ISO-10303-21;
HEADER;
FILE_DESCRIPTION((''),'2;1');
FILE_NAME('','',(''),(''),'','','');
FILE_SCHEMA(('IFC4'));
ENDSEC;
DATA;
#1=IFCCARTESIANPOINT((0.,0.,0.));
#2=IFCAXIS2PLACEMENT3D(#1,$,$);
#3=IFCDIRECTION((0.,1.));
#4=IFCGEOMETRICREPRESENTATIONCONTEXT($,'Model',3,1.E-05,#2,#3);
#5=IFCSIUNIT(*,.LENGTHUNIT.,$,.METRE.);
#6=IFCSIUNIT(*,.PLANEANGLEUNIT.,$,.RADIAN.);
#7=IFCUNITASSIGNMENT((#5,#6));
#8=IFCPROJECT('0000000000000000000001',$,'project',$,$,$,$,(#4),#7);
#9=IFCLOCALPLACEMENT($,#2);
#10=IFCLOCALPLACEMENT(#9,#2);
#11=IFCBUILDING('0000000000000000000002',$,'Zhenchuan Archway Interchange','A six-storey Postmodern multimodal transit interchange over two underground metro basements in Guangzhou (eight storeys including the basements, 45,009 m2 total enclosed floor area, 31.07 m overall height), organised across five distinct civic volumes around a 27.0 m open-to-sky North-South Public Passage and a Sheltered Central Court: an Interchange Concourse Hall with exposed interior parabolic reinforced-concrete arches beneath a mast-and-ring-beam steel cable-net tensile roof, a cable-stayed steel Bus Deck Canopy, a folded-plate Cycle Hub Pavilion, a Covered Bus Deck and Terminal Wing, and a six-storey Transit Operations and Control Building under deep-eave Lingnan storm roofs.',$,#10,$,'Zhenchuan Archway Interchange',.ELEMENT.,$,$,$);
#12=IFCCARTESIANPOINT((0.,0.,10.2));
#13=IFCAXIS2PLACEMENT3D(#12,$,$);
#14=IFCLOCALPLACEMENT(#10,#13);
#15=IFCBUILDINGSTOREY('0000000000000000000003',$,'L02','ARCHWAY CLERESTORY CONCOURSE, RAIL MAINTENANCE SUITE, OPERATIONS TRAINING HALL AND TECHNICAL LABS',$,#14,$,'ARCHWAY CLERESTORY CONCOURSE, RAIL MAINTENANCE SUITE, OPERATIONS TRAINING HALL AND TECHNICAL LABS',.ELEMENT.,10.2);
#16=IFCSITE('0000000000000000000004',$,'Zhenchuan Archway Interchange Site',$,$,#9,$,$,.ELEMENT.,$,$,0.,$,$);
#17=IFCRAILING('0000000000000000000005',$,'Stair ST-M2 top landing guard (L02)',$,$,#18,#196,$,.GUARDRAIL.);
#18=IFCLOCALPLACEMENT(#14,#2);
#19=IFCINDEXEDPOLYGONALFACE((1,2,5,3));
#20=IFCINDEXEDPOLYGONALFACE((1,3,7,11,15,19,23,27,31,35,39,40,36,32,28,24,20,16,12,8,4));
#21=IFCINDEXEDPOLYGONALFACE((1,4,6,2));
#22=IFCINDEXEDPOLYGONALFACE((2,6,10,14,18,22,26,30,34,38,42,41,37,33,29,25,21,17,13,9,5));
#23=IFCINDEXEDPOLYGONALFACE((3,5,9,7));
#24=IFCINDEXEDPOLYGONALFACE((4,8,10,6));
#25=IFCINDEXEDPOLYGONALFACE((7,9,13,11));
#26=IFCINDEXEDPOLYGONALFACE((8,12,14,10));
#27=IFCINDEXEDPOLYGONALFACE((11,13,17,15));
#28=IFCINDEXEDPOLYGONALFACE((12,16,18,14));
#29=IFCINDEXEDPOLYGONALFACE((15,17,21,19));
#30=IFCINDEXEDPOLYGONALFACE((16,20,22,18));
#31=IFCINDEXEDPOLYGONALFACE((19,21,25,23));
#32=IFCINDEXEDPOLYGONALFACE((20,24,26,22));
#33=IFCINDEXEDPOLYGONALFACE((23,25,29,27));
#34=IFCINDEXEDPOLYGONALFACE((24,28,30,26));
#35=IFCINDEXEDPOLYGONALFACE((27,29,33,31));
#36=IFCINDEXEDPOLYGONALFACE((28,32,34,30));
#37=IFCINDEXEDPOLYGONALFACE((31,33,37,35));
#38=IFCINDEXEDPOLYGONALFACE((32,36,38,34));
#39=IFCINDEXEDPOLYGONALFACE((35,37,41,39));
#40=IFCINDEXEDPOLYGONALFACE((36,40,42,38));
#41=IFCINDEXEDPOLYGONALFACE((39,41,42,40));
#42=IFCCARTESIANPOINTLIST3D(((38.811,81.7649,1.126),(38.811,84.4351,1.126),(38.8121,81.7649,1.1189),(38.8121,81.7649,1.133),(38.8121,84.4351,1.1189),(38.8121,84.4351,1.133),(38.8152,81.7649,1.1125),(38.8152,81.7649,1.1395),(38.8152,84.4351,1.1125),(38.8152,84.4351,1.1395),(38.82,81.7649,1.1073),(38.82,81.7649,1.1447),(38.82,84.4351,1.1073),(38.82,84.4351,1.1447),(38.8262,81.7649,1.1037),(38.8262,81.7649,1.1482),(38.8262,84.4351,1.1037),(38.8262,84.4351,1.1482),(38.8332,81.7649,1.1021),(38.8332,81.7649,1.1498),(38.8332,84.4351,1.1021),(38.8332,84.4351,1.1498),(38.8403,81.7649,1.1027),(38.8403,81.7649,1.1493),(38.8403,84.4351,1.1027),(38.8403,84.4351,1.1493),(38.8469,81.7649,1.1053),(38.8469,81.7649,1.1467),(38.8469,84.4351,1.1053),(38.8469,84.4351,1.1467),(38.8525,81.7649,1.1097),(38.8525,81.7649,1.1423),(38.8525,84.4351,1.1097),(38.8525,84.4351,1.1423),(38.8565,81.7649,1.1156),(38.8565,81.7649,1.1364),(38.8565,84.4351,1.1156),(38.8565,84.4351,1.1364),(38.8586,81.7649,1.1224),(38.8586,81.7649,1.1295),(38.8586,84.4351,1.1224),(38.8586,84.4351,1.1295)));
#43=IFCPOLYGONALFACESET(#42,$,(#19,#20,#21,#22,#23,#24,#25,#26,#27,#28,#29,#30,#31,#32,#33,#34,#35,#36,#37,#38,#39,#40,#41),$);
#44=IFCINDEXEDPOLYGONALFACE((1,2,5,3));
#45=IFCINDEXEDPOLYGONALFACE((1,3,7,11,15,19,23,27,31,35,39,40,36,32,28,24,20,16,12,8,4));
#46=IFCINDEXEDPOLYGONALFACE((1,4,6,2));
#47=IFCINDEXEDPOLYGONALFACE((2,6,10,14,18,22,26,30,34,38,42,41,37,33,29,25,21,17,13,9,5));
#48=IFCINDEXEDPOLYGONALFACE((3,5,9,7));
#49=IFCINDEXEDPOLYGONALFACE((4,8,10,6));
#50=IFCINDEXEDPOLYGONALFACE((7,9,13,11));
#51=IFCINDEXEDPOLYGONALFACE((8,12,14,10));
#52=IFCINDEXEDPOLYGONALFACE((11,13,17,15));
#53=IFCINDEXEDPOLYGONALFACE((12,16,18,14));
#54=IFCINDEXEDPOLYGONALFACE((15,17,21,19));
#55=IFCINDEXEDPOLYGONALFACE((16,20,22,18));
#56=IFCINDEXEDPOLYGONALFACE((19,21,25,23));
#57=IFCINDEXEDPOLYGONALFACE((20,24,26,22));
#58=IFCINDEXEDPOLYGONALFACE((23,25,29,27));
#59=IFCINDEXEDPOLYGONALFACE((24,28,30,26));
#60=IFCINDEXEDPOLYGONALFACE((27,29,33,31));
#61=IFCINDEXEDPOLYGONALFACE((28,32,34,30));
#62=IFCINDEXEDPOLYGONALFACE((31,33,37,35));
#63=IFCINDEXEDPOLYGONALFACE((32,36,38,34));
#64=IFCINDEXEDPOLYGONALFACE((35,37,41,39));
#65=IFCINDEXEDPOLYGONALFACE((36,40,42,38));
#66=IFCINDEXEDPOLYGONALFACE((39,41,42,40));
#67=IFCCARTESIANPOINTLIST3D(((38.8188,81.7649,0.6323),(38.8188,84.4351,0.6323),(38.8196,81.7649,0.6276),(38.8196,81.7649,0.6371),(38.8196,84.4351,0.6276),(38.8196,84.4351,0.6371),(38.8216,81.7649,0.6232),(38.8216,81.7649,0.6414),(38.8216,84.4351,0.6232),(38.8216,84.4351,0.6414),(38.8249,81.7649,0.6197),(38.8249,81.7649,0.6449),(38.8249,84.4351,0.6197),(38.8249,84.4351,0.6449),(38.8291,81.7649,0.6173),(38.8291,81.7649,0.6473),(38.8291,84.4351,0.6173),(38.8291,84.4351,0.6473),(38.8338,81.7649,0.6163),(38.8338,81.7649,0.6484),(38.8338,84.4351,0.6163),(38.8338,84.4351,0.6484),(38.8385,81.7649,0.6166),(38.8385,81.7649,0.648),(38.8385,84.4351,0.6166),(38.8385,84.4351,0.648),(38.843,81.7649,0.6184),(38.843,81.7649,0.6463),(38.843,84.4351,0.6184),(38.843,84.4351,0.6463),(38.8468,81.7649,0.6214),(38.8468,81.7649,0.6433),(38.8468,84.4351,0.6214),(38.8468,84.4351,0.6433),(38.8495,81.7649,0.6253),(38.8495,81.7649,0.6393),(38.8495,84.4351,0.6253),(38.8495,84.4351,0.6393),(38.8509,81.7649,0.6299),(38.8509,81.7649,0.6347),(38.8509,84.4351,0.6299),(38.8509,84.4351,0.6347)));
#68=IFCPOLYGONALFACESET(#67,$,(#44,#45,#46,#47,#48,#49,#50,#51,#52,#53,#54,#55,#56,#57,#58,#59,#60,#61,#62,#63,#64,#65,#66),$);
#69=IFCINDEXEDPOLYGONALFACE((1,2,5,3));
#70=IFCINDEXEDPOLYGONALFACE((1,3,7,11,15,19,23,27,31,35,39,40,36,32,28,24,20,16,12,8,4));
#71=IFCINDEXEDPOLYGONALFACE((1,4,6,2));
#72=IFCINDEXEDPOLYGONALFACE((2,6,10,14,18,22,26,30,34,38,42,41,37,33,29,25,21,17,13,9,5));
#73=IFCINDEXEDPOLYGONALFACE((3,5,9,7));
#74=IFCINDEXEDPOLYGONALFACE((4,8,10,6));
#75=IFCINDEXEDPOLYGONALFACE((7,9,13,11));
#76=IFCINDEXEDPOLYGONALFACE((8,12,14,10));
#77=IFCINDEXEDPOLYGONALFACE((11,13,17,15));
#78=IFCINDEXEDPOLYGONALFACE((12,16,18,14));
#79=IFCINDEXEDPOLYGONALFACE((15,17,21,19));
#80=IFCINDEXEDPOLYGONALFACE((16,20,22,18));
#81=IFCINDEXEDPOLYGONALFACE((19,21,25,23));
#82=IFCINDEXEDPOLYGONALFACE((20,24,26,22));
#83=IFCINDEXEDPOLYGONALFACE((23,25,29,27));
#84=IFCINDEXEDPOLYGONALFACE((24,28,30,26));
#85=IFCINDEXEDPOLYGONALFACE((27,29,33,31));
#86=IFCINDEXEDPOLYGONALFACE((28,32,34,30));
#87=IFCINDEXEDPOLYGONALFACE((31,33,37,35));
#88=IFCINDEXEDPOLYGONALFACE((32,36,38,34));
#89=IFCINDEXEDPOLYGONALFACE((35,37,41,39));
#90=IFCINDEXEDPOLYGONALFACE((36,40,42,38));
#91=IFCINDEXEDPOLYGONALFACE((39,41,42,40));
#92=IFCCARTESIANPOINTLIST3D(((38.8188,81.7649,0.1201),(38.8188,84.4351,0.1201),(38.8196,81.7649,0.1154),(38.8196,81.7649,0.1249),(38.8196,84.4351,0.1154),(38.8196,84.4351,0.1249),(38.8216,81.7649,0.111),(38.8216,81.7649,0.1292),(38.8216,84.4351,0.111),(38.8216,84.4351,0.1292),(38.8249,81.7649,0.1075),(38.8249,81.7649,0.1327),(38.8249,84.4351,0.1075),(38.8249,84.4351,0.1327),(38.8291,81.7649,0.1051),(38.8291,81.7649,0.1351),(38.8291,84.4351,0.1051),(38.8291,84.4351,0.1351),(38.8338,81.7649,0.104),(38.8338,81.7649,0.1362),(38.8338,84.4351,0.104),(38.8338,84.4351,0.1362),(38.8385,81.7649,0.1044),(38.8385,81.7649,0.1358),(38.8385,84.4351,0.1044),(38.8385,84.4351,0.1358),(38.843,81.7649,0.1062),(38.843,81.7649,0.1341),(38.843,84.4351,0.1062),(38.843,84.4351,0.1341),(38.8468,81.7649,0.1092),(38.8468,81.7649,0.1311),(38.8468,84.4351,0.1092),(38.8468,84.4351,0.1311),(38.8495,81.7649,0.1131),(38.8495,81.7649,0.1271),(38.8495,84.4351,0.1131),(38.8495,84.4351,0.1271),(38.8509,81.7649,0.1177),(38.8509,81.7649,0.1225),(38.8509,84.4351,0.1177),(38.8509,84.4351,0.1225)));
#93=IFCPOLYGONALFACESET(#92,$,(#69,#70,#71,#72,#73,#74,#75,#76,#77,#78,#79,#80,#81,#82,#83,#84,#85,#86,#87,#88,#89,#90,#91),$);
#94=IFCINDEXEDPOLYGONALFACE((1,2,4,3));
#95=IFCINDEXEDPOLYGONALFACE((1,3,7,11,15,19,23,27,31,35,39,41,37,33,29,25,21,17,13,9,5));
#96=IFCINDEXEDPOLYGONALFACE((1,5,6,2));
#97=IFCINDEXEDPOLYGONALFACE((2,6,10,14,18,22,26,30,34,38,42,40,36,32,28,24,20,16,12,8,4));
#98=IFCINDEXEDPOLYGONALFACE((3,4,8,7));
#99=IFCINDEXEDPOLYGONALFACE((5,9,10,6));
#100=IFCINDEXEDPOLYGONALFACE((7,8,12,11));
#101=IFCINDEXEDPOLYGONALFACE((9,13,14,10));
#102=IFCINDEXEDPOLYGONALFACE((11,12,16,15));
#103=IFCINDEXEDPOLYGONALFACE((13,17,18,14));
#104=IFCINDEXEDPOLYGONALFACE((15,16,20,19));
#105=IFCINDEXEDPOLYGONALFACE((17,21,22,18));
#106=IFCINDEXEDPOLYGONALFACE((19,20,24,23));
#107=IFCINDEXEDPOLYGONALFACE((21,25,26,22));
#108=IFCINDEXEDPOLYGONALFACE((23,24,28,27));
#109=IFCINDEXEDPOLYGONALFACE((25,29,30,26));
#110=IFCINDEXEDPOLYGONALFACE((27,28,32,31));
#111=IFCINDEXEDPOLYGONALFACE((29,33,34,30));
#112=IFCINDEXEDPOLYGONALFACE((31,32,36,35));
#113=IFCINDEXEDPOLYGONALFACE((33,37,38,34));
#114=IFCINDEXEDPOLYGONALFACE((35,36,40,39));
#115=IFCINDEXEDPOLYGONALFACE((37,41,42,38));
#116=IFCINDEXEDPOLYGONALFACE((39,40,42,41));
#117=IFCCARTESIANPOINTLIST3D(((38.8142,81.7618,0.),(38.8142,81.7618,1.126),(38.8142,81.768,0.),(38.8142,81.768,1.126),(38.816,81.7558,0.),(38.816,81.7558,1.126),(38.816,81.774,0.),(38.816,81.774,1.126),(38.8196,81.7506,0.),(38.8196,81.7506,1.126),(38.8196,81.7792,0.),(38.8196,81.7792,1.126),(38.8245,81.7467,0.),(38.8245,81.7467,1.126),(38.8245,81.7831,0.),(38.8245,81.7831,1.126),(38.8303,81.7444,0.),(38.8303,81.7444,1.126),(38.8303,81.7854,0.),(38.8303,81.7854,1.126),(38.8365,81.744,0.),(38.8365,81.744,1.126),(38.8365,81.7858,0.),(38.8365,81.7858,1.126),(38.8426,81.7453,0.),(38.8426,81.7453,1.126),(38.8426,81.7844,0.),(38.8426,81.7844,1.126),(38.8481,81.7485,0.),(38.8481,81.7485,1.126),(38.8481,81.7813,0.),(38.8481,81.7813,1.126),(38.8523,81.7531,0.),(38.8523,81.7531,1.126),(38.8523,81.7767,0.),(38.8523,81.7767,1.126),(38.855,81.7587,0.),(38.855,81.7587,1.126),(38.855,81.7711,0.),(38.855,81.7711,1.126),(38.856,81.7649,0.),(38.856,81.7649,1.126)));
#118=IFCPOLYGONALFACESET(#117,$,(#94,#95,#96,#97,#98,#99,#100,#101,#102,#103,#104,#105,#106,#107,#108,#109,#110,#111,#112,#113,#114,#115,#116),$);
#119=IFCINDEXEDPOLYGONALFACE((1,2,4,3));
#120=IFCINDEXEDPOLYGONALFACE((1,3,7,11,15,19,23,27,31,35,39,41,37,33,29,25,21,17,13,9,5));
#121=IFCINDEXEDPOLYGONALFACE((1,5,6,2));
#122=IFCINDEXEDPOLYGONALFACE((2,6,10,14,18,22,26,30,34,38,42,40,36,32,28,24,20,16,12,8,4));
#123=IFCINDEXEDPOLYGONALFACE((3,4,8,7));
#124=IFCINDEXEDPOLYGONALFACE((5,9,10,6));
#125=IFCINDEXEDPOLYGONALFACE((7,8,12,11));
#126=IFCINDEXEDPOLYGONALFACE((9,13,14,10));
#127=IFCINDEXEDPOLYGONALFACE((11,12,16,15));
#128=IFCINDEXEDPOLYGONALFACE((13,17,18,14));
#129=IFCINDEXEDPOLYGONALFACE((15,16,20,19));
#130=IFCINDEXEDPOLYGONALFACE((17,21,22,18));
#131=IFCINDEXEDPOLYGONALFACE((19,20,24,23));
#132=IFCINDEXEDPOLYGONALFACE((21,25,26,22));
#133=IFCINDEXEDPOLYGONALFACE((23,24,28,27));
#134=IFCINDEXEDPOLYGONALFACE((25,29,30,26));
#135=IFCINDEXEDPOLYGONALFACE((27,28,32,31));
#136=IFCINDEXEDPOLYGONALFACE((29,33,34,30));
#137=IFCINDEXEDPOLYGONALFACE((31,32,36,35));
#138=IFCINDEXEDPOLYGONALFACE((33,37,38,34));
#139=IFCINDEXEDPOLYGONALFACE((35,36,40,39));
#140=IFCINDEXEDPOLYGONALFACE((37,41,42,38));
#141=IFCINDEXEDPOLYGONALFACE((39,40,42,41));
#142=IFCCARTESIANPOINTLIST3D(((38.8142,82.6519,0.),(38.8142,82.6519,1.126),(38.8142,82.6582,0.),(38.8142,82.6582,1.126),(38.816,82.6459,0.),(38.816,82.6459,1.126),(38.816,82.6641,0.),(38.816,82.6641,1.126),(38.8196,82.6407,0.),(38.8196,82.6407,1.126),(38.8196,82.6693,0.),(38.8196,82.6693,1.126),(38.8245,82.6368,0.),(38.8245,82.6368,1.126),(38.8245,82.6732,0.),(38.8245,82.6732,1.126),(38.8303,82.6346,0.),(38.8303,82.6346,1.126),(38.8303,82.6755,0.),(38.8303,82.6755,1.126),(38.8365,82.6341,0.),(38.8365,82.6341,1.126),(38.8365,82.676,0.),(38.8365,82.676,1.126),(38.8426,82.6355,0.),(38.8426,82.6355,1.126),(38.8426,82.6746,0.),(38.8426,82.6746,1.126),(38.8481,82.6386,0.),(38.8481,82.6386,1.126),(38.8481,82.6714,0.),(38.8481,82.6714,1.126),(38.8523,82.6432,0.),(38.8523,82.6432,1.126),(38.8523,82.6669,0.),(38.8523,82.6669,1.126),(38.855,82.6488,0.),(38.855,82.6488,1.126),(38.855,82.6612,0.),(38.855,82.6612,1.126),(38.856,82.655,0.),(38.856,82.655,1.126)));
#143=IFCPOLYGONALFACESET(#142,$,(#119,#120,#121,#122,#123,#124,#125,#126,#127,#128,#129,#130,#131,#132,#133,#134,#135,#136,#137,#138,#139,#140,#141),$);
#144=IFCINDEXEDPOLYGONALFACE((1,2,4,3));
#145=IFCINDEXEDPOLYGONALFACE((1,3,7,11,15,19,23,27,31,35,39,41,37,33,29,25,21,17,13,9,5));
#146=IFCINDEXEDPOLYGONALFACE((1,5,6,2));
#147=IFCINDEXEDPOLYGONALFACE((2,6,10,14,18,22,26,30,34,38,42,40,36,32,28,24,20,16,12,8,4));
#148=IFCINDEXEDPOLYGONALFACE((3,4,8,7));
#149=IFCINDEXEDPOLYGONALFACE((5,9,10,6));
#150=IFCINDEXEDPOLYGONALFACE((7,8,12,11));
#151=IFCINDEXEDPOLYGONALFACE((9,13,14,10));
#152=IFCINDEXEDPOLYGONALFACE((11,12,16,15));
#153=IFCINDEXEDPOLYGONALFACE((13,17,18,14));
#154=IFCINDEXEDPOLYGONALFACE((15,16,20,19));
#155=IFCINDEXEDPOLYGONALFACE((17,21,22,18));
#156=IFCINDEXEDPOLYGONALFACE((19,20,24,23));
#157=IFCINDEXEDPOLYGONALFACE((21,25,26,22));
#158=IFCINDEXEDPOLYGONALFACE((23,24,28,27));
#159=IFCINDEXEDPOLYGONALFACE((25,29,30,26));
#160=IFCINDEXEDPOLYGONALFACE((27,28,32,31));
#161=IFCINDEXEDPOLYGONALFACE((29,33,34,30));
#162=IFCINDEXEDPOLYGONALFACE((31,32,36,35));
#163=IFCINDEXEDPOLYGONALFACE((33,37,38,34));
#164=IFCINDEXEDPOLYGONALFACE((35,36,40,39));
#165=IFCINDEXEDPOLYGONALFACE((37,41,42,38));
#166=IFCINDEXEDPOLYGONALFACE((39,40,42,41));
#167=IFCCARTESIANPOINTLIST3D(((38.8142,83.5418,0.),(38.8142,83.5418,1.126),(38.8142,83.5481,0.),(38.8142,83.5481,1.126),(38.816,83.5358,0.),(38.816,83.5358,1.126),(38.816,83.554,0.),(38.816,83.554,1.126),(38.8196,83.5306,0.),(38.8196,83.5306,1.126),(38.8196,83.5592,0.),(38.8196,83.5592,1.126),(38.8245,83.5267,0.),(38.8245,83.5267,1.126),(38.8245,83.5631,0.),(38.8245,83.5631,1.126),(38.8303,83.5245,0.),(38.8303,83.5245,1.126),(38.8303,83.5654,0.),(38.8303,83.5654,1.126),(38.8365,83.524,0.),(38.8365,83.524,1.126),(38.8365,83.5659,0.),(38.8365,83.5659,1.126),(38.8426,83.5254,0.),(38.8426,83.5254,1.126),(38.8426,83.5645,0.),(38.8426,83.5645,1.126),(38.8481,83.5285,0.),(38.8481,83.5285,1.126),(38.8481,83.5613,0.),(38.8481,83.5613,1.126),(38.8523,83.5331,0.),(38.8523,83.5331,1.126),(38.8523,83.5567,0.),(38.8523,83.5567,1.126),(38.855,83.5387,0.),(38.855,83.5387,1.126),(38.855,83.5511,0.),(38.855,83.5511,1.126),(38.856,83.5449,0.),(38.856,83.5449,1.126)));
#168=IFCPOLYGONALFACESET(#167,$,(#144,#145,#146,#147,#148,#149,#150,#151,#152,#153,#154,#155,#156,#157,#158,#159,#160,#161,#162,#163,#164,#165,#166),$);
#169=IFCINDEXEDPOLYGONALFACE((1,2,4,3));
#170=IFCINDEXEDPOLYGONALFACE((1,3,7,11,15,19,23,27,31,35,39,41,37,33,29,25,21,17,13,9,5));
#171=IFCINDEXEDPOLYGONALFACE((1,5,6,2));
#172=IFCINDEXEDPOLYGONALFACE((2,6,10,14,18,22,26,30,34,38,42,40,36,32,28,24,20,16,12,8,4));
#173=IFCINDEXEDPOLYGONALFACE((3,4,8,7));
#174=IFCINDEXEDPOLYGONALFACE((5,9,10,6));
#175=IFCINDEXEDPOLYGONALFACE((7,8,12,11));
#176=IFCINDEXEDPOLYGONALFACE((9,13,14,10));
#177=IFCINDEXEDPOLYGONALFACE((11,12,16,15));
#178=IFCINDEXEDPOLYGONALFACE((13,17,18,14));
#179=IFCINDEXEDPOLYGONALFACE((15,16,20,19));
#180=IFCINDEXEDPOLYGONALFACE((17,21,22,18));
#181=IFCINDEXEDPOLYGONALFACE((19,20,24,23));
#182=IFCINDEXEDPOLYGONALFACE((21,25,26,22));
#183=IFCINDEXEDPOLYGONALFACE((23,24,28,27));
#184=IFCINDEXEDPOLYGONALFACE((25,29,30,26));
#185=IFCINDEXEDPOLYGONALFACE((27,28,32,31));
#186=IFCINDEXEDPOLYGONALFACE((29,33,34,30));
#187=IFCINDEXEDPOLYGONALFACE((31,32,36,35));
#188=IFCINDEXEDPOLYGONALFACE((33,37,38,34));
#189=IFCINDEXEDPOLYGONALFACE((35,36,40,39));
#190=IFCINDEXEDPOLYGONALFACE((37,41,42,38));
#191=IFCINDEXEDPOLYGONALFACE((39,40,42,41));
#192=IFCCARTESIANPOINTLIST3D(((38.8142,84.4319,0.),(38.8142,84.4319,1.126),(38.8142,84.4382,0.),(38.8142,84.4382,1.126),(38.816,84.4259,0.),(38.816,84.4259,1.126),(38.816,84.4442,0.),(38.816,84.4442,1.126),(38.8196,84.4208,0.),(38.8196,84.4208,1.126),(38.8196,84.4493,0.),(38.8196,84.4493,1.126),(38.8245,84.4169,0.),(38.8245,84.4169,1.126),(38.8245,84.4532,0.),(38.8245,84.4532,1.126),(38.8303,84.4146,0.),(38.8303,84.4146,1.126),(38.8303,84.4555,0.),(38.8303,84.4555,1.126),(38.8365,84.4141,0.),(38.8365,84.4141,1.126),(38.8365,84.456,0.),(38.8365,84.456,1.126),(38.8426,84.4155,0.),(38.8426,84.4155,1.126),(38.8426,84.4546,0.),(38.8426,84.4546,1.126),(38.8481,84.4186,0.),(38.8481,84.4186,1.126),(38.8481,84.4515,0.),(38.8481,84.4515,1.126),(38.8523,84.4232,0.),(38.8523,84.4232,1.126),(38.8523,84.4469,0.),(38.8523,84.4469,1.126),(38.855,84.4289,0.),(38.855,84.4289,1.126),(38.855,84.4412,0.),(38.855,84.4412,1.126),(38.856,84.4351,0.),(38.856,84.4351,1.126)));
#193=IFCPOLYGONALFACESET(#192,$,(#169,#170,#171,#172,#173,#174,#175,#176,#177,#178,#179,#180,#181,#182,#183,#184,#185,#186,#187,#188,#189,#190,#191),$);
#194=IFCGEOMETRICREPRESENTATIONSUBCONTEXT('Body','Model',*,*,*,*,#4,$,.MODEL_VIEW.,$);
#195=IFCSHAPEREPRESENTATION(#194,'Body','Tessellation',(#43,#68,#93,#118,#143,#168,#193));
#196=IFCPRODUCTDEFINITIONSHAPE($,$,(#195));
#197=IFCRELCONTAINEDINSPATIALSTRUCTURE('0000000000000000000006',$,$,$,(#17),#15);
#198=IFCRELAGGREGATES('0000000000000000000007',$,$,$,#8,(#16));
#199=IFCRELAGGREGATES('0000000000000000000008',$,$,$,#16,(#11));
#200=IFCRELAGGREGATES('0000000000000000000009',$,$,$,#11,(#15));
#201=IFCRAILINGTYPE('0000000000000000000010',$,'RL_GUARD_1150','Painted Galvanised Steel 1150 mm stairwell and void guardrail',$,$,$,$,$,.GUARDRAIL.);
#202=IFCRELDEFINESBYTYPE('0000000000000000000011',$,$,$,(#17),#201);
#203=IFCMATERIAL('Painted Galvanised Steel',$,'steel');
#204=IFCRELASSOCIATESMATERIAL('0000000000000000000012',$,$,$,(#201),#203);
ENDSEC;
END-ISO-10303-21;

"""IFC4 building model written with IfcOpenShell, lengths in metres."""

from ifc_helpers import new_model, si_unit, direction, frame, origin, origin_2d, place, context, subcontext, project, spatial, circle, extrude, material, type_object, element, save


model = new_model("IFC4")

# Units and contexts
model_context = context("Model", 3, precision=1e-05, world=origin(), true_north=direction((0.0, 1.0)))
body_context = subcontext(model_context, "Body", "Model", "MODEL_VIEW")
ifc_project = project(units=[si_unit("LENGTHUNIT", "METRE"), si_unit("PLANEANGLEUNIT", "RADIAN")], contexts=[model_context])

# Site, building, storey
site_placement = place(None, origin())
site = spatial("IfcSite", under=ifc_project, at=site_placement, Name="Zhenchuan Archway Interchange Site", CompositionType="ELEMENT", RefElevation=0.0)
building_placement = place(site_placement, origin())
building = spatial("IfcBuilding", under=site, at=building_placement, Name="Zhenchuan Archway Interchange", Description="A six-storey Postmodern multimodal transit interchange over two underground metro basements in Guangzhou (eight storeys including the basements, 45,009 m2 total enclosed floor area, 31.07 m overall height), organised across five distinct civic volumes around a 27.0 m open-to-sky North-South Public Passage and a Sheltered Central Court: an Interchange Concourse Hall with exposed interior parabolic reinforced-concrete arches beneath a mast-and-ring-beam steel cable-net tensile roof, a cable-stayed steel Bus Deck Canopy, a folded-plate Cycle Hub Pavilion, a Covered Bus Deck and Terminal Wing, and a six-storey Transit Operations and Control Building under deep-eave Lingnan storm roofs.", LongName="Zhenchuan Archway Interchange", CompositionType="ELEMENT")
storey_placement = place(building_placement, frame((0.0, 0.0, 10.2)))
storey = spatial("IfcBuildingStorey", under=building, at=storey_placement, Name="L02", Description="ARCHWAY CLERESTORY CONCOURSE, RAIL MAINTENANCE SUITE, OPERATIONS TRAINING HALL AND TECHNICAL LABS", LongName="ARCHWAY CLERESTORY CONCOURSE, RAIL MAINTENANCE SUITE, OPERATIONS TRAINING HALL AND TECHNICAL LABS", CompositionType="ELEMENT", Elevation=10.2)

# Shared definitions
ifc_material_1 = material(Name="Painted Galvanised Steel", Category="steel")

# Railing
railing_type = type_object("IfcRailingType", Name="RL_GUARD_1150", Description="Painted Galvanised Steel 1150 mm stairwell and void guardrail", PredefinedType="GUARDRAIL", material=ifc_material_1)
railing_placement = place(storey_placement, frame((38.835, 81.7649, 0.0)))
element("IfcRailing", 1, at=railing_placement, inside=storey, type_object=railing_type, Name="Stair ST-M2 top landing guard (L02)", PredefinedType="GUARDRAIL", context=body_context, shape_type="SweptSolid", body=[
    extrude(circle(Radius=0.0239, at=origin_2d()), frame((0.0, 0.0, 1.126), z_axis=(0.0, 1.0, 0.0), x_axis=(-1.0, 0.0, 0.0)), (0.0, 0.0, 1.0), 2.6702),
    extrude(circle(Radius=0.0161, at=origin_2d()), frame((0.0, 0.0, 0.6323), z_axis=(0.0, 1.0, 0.0), x_axis=(-1.0, 0.0, 0.0)), (0.0, 0.0, 1.0), 2.6702),
    extrude(circle(Radius=0.0161, at=origin_2d()), frame((0.0, 0.0, 0.1201), z_axis=(0.0, 1.0, 0.0), x_axis=(-1.0, 0.0, 0.0)), (0.0, 0.0, 1.0), 2.6702),
    extrude(circle(Radius=0.021, at=origin_2d()), origin(), (0.0, 0.0, 1.0), 1.126),
    extrude(circle(Radius=0.021, at=origin_2d()), frame((0.0, 0.8901, 0.0)), (0.0, 0.0, 1.0), 1.126),
    extrude(circle(Radius=0.021, at=origin_2d()), frame((0.0, 1.78, 0.0)), (0.0, 0.0, 1.0), 1.126),
    extrude(circle(Radius=0.021, at=origin_2d()), frame((0.0, 2.6702, 0.0)), (0.0, 0.0, 1.0), 1.126),
])

save(model, "model.ifc")
